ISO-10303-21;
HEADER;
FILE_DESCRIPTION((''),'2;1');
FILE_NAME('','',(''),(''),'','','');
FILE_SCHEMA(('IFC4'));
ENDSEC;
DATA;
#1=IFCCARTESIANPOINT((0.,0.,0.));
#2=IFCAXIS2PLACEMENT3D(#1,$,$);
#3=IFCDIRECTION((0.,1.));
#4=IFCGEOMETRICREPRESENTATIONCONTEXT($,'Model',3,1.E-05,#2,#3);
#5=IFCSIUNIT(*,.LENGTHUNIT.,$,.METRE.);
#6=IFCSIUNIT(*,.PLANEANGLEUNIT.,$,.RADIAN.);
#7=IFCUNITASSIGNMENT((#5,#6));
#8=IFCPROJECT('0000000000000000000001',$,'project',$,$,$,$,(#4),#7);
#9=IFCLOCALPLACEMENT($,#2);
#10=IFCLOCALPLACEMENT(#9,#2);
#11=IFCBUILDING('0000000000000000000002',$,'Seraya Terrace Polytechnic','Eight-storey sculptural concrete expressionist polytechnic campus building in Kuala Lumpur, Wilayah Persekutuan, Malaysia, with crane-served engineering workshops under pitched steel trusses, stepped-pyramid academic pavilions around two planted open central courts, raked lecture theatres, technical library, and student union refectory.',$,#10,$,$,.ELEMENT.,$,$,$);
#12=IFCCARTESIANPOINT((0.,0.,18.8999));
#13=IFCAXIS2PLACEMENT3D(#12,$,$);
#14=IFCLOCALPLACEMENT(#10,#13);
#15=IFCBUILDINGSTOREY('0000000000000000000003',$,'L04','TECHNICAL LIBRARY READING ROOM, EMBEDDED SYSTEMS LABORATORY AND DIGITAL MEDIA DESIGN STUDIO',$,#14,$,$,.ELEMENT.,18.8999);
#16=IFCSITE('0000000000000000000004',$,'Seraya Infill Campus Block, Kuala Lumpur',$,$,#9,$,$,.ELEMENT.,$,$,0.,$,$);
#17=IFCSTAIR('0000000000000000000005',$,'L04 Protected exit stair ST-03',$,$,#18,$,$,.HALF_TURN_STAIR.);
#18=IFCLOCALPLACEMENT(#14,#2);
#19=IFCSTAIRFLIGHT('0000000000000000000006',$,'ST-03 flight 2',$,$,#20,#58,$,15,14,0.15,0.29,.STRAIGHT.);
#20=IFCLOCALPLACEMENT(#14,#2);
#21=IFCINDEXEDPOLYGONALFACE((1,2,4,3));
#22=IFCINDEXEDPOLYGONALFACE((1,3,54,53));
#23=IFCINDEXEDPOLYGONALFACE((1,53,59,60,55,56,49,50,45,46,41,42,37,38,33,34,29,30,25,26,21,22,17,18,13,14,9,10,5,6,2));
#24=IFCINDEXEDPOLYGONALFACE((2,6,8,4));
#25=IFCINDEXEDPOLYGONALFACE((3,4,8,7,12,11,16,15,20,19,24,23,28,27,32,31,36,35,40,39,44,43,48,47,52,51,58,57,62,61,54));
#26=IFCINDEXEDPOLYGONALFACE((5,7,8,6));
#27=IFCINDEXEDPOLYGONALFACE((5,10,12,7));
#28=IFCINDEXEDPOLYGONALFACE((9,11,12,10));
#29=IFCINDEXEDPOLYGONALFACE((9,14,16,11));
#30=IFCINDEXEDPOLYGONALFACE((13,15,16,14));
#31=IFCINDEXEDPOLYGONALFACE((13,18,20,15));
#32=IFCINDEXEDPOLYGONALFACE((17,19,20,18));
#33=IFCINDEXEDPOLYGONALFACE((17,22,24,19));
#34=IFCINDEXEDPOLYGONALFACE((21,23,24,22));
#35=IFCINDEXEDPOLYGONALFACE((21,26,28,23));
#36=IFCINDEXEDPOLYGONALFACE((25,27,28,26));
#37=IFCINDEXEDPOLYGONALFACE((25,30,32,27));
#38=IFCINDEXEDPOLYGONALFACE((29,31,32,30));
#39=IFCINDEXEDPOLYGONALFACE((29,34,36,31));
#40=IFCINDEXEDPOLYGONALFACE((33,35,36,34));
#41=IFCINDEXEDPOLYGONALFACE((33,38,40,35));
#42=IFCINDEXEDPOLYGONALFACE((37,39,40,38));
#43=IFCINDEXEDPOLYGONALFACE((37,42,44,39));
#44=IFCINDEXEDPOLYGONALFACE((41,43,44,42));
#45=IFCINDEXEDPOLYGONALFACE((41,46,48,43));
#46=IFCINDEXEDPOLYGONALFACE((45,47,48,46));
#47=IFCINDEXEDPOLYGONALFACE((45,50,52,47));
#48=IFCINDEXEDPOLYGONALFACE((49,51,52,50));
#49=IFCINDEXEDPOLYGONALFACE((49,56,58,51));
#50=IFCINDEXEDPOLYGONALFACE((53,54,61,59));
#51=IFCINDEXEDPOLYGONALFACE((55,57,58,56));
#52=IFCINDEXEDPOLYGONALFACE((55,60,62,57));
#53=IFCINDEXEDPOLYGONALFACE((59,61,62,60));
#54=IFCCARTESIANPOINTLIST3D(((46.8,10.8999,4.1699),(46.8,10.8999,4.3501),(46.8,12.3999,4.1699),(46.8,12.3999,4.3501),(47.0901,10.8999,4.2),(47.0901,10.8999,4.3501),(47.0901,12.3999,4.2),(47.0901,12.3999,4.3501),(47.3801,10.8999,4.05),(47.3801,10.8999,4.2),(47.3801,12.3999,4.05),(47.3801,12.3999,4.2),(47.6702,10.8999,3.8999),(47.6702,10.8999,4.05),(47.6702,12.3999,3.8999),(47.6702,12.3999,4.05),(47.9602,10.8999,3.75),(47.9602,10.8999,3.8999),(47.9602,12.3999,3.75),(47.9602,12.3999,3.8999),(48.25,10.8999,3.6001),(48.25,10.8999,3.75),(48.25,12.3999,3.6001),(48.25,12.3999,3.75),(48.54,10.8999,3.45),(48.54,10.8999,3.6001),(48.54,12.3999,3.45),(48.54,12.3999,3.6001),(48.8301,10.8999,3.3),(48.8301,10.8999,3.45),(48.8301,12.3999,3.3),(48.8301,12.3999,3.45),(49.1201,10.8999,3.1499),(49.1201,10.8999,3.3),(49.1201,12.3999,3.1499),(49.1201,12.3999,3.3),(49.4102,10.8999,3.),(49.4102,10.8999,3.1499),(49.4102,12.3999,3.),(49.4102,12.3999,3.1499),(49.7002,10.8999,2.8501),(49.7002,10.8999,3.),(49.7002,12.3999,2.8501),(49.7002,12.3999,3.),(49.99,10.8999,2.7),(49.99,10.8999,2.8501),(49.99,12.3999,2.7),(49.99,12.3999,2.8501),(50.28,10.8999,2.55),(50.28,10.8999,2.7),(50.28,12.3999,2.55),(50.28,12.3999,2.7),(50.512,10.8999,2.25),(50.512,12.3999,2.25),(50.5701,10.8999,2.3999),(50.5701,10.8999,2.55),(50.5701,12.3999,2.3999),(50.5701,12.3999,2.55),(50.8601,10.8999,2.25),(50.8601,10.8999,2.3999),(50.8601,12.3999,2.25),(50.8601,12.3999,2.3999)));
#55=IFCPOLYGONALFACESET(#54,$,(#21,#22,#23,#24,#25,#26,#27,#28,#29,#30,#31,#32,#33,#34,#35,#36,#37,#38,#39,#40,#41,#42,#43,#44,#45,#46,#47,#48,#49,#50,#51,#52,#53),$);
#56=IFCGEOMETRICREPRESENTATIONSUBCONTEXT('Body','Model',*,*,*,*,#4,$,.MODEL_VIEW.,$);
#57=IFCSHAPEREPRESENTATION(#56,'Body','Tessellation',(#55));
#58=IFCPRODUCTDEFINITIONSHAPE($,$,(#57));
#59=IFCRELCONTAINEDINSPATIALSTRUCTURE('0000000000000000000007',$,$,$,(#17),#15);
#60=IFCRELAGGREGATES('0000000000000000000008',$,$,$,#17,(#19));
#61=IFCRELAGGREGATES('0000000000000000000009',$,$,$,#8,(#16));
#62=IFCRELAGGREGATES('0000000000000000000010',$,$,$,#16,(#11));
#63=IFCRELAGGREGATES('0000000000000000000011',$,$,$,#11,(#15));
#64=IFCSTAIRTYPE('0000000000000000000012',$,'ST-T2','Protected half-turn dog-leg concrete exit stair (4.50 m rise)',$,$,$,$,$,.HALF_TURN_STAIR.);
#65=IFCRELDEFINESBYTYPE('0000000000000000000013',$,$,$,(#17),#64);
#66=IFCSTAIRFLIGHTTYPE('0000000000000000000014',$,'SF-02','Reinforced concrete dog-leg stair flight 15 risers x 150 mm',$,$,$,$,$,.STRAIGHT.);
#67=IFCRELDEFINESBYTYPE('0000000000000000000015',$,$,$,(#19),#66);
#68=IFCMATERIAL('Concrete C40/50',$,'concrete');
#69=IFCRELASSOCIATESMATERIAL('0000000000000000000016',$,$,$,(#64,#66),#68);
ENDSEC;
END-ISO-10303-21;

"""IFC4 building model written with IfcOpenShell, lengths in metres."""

from ifc_helpers import new_model, si_unit, direction, frame, origin, place, context, subcontext, project, spatial, polyline, outline, extrude, material, type_object, element, aggregate, save


model = new_model("IFC4")

# Units and contexts
model_context = context("Model", 3, precision=1e-05, world=origin(), true_north=direction((0.0, 1.0)))
body_context = subcontext(model_context, "Body", "Model", "MODEL_VIEW")
ifc_project = project(units=[si_unit("LENGTHUNIT", "METRE"), si_unit("PLANEANGLEUNIT", "RADIAN")], contexts=[model_context])

# Site, building, storey
site_placement = place(None, origin())
site = spatial("IfcSite", under=ifc_project, at=site_placement, Name="Seraya Infill Campus Block, Kuala Lumpur", CompositionType="ELEMENT", RefElevation=0.0)
building_placement = place(site_placement, origin())
building = spatial("IfcBuilding", under=site, at=building_placement, Name="Seraya Terrace Polytechnic", Description="Eight-storey sculptural concrete expressionist polytechnic campus building in Kuala Lumpur, Wilayah Persekutuan, Malaysia, with crane-served engineering workshops under pitched steel trusses, stepped-pyramid academic pavilions around two planted open central courts, raked lecture theatres, technical library, and student union refectory.", CompositionType="ELEMENT")
storey_placement = place(building_placement, frame((0.0, 0.0, 18.8999)))
storey = spatial("IfcBuildingStorey", under=building, at=storey_placement, Name="L04", Description="TECHNICAL LIBRARY READING ROOM, EMBEDDED SYSTEMS LABORATORY AND DIGITAL MEDIA DESIGN STUDIO", CompositionType="ELEMENT", Elevation=18.8999)

# Shared definitions
ifc_material_1 = material(Name="Concrete C40/50", Category="concrete")

# Stair, stair flight
stair_type = type_object("IfcStairType", Name="ST-T2", Description="Protected half-turn dog-leg concrete exit stair (4.50 m rise)", PredefinedType="HALF_TURN_STAIR", material=ifc_material_1)
stair_placement = place(storey_placement, origin())
stair = element("IfcStair", 1, at=stair_placement, inside=storey, type_object=stair_type, Name="L04 Protected exit stair ST-03", PredefinedType="HALF_TURN_STAIR")
stair_flight_type = type_object("IfcStairFlightType", Name="SF-02", Description="Reinforced concrete dog-leg stair flight 15 risers x 150 mm", PredefinedType="STRAIGHT", material=ifc_material_1)
stair_flight_placement = place(storey_placement, frame((50.8601, 11.6499, 2.25), z_axis=(0.0, 0.0, 1.0), x_axis=(-1.0, 0.0, 0.0)))
stair_flight = element("IfcStairFlight", 2, at=stair_flight_placement, type_object=stair_flight_type, Name="ST-03 flight 2", NumberOfRisers=15, NumberOfTreads=14, PredefinedType="STRAIGHT", RiserHeight=0.15, TreadLength=0.29, context=body_context, shape_type="SweptSolid", body=[
    extrude(outline(polyline([(0.0, 0.0), (0.0, 0.1499), (0.29, 0.1499), (0.29, 0.3), (0.5801, 0.3), (0.5801, 0.45), (0.8701, 0.45), (0.8701, 0.6001), (1.1599, 0.6001), (1.1599, 0.75), (1.45, 0.75), (1.45, 0.8999), (1.74, 0.8999), (1.74, 1.05), (2.03, 1.05), (2.03, 1.2), (2.3201, 1.2), (2.3201, 1.3501), (2.6101, 1.3501), (2.6101, 1.5), (2.8999, 1.5), (2.8999, 1.6499), (3.1899, 1.6499), (3.1899, 1.8), (3.48, 1.8), (3.48, 1.95), (3.77, 1.95), (3.77, 2.1001), (4.0601, 2.1001), (4.0601, 2.25), (4.0601, 1.9199), (0.3481, 0.0), (0.0, 0.0)])), frame((0.0, 0.75, 0.0), z_axis=(0.0, -1.0, 0.0), x_axis=(1.0, 0.0, 0.0)), (0.0, 0.0, 1.0), 1.5),
])
aggregate(stair, [stair_flight])

save(model, "model.ifc")
